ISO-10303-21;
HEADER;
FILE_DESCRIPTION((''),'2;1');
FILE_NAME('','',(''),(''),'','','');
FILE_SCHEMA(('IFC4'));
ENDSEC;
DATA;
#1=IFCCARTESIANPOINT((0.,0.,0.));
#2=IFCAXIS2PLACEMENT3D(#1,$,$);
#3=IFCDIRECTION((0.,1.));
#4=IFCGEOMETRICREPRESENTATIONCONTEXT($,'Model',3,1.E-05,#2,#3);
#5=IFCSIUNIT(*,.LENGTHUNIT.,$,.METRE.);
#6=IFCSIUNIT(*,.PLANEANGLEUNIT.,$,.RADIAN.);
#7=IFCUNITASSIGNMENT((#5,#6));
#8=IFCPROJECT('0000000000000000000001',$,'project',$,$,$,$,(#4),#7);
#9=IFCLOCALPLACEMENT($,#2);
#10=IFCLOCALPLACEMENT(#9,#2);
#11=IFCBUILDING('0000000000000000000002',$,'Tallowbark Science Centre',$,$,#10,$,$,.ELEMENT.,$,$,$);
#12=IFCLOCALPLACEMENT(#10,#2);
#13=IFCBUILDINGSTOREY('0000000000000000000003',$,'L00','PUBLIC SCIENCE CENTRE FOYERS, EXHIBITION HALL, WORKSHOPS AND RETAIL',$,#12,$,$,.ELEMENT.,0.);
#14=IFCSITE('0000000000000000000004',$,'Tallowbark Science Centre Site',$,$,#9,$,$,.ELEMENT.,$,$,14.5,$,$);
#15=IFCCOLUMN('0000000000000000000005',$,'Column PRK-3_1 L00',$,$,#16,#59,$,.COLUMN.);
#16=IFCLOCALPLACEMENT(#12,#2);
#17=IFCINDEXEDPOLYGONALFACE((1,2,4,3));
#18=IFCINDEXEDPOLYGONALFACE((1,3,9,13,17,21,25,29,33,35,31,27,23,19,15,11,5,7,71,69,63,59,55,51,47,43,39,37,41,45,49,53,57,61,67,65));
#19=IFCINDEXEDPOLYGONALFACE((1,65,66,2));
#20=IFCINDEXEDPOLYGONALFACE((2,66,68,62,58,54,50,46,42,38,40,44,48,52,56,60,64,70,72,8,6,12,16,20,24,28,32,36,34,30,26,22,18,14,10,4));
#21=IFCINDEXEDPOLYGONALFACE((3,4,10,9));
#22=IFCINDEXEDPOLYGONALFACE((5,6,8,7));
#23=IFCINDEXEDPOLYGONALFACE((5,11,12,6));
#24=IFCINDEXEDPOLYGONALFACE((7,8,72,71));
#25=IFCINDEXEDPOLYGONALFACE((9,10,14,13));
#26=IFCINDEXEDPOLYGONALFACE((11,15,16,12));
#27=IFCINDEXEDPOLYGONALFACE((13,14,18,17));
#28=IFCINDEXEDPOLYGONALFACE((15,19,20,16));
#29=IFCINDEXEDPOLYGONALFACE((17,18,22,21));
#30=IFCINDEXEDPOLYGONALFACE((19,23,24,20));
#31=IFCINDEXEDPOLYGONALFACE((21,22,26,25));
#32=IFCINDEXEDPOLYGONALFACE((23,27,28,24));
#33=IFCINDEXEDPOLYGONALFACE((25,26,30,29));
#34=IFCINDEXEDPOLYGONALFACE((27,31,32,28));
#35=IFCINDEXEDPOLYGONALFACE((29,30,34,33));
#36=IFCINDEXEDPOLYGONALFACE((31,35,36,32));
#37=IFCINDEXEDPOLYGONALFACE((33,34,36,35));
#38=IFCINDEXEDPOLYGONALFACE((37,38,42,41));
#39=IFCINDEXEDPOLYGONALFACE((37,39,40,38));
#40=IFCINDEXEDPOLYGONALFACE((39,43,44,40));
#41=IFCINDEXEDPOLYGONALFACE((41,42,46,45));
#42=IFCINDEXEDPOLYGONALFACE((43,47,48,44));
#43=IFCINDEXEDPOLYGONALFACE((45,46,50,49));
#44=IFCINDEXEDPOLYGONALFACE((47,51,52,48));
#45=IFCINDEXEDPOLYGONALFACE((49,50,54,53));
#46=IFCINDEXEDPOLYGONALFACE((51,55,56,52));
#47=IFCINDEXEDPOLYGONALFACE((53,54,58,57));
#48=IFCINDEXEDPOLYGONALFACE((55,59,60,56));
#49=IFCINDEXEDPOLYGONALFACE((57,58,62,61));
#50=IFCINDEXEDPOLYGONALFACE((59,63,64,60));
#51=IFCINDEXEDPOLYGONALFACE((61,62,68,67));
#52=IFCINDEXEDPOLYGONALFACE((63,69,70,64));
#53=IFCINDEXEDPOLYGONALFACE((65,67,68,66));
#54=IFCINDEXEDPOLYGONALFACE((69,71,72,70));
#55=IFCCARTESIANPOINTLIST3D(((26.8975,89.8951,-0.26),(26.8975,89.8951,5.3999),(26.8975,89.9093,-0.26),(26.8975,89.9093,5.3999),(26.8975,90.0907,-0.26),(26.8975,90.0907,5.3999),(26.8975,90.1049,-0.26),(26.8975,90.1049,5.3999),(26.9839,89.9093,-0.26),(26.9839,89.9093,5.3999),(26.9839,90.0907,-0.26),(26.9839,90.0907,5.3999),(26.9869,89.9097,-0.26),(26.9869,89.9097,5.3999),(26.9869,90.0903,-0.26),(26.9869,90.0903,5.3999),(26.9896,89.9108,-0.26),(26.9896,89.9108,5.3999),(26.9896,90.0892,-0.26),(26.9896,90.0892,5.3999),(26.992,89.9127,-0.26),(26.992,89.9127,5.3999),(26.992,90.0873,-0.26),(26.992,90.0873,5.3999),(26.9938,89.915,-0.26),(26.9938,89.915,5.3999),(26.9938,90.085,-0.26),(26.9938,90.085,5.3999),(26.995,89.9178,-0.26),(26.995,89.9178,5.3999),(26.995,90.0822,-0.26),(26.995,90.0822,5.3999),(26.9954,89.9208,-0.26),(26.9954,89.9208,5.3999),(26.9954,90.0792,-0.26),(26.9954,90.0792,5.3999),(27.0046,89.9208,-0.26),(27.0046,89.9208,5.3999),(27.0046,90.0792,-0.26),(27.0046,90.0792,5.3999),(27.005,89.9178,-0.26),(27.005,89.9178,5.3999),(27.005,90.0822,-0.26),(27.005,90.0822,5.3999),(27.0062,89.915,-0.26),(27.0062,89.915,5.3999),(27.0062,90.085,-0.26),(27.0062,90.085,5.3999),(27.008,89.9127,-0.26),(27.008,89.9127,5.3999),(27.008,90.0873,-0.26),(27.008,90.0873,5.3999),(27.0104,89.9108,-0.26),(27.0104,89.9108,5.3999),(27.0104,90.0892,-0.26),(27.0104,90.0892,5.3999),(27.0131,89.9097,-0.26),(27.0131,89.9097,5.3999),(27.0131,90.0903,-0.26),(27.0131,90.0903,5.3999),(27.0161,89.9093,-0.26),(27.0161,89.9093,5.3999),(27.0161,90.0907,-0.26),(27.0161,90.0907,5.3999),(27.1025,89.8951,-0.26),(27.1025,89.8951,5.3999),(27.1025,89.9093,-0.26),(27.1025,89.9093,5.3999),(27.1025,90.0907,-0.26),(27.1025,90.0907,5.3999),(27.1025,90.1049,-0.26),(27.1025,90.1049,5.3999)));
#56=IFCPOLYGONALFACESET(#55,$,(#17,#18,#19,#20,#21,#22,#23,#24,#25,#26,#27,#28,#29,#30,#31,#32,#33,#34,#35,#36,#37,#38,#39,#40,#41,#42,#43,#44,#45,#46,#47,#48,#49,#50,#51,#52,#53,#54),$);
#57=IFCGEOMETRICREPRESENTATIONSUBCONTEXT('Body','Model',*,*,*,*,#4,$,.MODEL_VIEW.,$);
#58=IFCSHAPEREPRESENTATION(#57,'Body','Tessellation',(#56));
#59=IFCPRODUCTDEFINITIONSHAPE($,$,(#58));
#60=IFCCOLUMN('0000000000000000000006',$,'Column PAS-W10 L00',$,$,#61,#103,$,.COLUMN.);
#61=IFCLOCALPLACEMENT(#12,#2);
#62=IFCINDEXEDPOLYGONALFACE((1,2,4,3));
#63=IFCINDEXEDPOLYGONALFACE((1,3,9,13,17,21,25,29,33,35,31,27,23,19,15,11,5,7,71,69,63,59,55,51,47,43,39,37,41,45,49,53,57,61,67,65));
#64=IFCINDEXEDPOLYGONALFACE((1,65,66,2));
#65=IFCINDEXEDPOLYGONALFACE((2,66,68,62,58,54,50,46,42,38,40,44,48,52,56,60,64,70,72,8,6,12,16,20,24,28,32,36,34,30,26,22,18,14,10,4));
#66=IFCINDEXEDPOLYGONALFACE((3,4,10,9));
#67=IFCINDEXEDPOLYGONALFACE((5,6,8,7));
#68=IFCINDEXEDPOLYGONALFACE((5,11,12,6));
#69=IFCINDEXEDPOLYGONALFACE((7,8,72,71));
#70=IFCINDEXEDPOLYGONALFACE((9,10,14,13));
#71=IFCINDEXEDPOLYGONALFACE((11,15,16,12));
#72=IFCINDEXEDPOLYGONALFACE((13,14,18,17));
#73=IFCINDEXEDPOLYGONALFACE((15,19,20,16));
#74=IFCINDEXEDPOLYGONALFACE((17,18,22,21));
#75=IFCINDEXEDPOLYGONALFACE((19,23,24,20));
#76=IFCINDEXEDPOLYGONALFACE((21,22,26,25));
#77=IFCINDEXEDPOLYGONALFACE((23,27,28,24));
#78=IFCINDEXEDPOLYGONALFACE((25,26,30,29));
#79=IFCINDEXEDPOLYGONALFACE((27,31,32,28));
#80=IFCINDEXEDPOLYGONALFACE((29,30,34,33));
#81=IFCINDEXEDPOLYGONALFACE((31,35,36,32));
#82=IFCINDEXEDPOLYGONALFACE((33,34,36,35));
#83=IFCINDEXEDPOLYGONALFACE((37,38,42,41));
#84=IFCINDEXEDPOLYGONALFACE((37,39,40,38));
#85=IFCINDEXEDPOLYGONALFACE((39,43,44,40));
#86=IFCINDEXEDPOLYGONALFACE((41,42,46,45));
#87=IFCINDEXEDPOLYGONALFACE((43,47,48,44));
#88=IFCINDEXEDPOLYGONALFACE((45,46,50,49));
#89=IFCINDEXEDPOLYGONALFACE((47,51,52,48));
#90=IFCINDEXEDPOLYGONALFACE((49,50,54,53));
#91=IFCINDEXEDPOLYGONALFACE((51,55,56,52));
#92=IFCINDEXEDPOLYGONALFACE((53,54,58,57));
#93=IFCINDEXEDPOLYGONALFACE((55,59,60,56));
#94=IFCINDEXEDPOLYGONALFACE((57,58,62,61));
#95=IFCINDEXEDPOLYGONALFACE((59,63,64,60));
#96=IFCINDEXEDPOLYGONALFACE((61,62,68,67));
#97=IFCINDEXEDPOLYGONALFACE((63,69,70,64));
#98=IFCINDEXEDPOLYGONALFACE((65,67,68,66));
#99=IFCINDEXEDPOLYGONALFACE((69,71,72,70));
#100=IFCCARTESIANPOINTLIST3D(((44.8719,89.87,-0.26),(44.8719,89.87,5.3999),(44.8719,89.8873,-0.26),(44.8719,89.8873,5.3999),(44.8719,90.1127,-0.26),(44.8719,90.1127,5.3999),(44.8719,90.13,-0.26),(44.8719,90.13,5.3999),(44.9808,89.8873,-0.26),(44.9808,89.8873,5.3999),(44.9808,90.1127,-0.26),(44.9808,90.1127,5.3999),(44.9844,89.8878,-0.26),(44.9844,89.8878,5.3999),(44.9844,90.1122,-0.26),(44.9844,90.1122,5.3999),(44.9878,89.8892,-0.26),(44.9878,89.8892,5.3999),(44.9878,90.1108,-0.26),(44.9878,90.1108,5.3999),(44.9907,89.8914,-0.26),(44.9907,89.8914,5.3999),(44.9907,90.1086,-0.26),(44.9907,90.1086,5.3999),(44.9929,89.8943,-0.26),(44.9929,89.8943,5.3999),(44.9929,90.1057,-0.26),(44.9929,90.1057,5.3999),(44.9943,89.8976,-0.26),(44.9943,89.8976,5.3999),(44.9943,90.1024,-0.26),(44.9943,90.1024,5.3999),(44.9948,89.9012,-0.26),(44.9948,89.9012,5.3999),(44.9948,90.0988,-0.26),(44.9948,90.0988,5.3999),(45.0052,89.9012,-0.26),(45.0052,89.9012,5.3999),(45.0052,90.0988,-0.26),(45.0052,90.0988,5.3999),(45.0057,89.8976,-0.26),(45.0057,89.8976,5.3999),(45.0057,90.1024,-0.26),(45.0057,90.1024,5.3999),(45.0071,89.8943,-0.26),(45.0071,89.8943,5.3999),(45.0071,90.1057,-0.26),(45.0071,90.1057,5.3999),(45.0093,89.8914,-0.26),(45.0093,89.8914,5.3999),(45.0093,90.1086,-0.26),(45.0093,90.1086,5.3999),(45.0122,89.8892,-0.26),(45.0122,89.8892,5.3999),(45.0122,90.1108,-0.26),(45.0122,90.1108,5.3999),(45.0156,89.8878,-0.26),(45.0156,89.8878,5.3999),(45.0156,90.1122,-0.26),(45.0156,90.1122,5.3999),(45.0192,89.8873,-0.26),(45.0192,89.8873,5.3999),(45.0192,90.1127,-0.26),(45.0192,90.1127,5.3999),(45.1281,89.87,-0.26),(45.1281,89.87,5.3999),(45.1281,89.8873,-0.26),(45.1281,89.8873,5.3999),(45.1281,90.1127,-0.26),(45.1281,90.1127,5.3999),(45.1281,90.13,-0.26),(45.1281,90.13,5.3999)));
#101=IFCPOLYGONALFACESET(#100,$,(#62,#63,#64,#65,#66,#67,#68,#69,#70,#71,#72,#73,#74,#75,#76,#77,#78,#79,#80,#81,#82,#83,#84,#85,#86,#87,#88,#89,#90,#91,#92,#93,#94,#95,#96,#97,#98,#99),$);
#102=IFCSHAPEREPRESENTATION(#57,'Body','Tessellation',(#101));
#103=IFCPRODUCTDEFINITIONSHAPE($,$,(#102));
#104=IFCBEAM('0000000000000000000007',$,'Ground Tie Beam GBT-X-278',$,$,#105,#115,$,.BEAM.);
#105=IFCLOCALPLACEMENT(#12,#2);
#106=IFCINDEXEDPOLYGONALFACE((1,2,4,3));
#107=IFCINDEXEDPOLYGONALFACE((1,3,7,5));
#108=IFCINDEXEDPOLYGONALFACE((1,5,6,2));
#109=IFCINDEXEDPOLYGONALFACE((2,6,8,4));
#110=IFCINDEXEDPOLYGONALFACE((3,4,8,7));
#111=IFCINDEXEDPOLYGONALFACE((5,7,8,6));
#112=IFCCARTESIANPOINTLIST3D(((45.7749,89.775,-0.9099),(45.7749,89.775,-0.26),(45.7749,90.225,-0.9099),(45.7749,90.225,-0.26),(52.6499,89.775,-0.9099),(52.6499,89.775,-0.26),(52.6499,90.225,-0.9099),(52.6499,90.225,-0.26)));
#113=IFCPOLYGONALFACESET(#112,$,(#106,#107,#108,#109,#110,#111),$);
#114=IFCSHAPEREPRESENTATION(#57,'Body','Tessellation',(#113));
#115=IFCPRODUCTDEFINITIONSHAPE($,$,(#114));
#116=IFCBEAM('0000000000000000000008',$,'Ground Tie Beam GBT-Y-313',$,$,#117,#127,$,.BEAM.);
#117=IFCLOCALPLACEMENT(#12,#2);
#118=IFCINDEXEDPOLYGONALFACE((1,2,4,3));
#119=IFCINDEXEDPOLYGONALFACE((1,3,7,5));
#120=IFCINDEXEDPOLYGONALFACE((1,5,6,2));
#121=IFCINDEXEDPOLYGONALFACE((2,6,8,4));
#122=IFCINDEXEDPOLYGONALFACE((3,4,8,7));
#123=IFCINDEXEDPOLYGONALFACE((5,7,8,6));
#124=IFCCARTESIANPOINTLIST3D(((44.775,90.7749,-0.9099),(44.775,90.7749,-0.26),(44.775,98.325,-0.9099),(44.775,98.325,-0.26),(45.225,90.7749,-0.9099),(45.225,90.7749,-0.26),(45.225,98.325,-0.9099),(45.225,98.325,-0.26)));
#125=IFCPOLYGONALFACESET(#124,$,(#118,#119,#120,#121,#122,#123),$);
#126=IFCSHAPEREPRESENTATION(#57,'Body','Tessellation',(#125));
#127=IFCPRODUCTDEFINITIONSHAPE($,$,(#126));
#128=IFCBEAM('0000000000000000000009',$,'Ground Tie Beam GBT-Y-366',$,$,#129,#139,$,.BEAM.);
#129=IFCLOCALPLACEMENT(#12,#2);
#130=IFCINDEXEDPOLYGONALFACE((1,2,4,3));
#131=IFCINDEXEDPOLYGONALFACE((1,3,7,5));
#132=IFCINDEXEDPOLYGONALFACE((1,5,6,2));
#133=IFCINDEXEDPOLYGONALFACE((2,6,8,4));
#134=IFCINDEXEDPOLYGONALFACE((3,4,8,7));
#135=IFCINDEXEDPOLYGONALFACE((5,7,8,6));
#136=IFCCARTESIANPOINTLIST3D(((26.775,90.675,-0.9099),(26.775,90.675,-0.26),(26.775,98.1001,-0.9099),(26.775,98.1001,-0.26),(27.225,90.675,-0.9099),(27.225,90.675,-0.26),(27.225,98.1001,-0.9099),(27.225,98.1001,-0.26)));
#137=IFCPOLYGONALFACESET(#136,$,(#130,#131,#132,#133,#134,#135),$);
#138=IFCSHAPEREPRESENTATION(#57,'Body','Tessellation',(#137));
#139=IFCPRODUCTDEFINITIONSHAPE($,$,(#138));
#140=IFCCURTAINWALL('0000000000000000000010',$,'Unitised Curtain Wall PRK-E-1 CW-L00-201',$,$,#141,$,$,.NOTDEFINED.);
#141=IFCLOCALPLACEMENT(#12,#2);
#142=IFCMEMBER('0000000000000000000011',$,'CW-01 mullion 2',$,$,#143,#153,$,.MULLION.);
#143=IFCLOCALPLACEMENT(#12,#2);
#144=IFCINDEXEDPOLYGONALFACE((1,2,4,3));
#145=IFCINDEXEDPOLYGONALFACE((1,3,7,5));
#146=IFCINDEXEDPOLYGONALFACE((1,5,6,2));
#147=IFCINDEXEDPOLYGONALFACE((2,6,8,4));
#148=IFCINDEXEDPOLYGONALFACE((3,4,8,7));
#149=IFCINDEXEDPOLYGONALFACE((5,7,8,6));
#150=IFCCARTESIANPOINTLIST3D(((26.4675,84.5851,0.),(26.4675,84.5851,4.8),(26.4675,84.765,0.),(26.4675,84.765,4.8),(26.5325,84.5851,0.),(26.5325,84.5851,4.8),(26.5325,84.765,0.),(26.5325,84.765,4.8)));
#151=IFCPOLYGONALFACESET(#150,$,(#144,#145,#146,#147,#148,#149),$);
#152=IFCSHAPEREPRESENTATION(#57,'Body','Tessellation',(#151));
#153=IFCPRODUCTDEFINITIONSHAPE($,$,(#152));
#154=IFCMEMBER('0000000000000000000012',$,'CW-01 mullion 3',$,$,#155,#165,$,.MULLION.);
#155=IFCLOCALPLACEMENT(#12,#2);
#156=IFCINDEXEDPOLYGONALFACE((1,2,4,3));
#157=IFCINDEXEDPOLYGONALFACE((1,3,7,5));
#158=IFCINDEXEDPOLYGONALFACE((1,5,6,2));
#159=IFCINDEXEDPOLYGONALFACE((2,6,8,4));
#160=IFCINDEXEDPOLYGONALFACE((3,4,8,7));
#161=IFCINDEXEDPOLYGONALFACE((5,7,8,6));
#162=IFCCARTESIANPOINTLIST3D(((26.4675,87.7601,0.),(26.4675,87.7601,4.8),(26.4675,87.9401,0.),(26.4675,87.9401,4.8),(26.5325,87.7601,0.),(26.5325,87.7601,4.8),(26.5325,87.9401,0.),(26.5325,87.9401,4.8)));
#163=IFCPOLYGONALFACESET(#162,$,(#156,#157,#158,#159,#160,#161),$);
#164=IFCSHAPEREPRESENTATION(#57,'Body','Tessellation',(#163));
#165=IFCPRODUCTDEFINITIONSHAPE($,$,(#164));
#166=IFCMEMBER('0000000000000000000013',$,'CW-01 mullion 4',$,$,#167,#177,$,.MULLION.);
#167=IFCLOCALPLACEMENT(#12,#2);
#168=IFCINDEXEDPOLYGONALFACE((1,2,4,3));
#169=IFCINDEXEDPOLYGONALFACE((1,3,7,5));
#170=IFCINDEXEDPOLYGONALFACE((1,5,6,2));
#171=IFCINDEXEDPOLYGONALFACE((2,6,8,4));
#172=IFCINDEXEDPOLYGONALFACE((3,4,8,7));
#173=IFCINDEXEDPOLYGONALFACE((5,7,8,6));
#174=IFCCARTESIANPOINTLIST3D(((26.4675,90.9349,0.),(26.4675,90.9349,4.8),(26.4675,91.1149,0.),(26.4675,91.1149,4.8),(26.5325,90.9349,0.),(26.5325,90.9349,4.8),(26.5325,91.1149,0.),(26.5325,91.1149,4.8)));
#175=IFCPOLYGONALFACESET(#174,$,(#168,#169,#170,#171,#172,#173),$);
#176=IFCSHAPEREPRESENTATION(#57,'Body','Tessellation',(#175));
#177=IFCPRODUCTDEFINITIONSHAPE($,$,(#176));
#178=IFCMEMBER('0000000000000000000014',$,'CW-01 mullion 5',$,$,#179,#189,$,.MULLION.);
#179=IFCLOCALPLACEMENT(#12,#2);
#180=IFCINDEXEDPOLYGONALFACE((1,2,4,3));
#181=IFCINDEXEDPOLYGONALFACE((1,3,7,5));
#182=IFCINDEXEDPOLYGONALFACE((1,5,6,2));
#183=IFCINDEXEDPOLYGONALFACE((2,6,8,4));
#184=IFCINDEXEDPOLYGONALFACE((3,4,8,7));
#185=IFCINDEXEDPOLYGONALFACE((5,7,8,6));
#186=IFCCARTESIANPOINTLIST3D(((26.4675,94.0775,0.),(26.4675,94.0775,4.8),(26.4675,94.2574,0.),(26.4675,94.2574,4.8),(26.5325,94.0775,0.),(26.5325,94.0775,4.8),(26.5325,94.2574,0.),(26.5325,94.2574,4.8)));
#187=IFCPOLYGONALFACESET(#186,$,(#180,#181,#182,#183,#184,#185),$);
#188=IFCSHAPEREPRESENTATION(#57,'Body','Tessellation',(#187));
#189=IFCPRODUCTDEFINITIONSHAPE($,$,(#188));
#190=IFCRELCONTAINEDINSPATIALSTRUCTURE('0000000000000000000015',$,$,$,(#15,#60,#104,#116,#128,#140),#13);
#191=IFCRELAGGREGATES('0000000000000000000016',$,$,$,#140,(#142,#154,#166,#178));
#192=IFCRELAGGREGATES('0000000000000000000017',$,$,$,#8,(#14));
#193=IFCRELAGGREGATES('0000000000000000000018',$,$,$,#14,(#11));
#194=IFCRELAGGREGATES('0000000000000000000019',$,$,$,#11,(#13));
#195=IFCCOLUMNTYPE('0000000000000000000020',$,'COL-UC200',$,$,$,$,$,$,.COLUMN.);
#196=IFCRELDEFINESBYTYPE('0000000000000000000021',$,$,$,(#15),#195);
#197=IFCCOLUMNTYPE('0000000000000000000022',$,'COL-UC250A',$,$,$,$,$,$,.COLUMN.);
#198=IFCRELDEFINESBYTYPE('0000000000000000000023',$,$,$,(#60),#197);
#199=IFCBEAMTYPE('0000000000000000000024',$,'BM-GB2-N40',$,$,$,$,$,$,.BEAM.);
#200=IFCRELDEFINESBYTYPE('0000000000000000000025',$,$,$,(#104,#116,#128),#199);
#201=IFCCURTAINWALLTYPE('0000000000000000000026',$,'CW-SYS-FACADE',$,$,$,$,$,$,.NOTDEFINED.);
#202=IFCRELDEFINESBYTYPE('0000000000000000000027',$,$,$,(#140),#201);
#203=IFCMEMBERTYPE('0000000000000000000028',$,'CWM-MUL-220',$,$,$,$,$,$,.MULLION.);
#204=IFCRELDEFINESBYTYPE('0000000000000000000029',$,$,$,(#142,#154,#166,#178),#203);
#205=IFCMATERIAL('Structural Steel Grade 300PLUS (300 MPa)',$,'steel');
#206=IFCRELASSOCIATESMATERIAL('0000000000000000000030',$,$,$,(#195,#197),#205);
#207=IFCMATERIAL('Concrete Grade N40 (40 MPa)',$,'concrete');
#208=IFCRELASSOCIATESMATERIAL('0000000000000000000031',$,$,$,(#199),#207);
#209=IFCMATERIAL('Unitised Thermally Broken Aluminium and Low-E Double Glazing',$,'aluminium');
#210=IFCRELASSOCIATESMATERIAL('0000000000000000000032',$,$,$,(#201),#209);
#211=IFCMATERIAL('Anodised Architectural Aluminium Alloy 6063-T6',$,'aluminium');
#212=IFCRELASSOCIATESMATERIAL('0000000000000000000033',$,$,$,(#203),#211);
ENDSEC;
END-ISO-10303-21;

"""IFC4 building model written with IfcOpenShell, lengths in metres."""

from ifc_helpers import new_model, si_unit, direction, frame, origin, origin_2d, place, context, subcontext, project, spatial, rectangle, i_section, extrude, material, material_profile, profile_set, type_object, element, aggregate, save


model = new_model("IFC4")

# Units and contexts
model_context = context("Model", 3, precision=1e-05, world=origin(), true_north=direction((0.0, 1.0)))
body_context = subcontext(model_context, "Body", "Model", "MODEL_VIEW")
ifc_project = project(units=[si_unit("LENGTHUNIT", "METRE"), si_unit("PLANEANGLEUNIT", "RADIAN")], contexts=[model_context])

# Site, building, storey
site_placement = place(None, origin())
site = spatial("IfcSite", under=ifc_project, at=site_placement, Name="Tallowbark Science Centre Site", CompositionType="ELEMENT", RefElevation=14.5)
building_placement = place(site_placement, origin())
building = spatial("IfcBuilding", under=site, at=building_placement, Name="Tallowbark Science Centre", CompositionType="ELEMENT")
storey_placement = place(building_placement, origin())
storey = spatial("IfcBuildingStorey", under=building, at=storey_placement, Name="L00", Description="PUBLIC SCIENCE CENTRE FOYERS, EXHIBITION HALL, WORKSHOPS AND RETAIL", CompositionType="ELEMENT", Elevation=0.0)

# Shared definitions
ifc_material_1 = material(Name="Concrete Grade N40 (40 MPa)", Category="concrete")

# Columns
ifc_material_2 = material(Name="Structural Steel Grade 300PLUS (300 MPa)", Category="steel")
ifc_material_profile_1 = material_profile(ifc_material_2, i_section(OverallWidth=0.2051, OverallDepth=0.2097, WebThickness=0.0093, FlangeThickness=0.0142, FilletRadius=0.0115, at=origin_2d()), Name="200UC59.5")
ifc_profile_set_1 = profile_set([ifc_material_profile_1], Name="Structural Steel Grade 300PLUS (300 MPa)")
column_type_1 = type_object("IfcColumnType", Name="COL-UC200", PredefinedType="COLUMN", material=ifc_profile_set_1)
column_1_placement = place(storey_placement, frame((27.0, 90.0, -0.26), z_axis=(0.0, 0.0, 1.0), x_axis=(1.0, 0.0, 0.0)))
element("IfcColumn", 1, at=column_1_placement, inside=storey, type_object=column_type_1, Name="Column PRK-3_1 L00", PredefinedType="COLUMN", context=body_context, shape_type="SweptSolid", body=[
    extrude(i_section(OverallWidth=0.2051, OverallDepth=0.2097, WebThickness=0.0093, FlangeThickness=0.0142, FilletRadius=0.0115, at=origin_2d()), origin(), (0.0, 0.0, 1.0), 5.6599),
])
ifc_material_profile_2 = material_profile(ifc_material_2, i_section(OverallWidth=0.2561, OverallDepth=0.26, WebThickness=0.0105, FlangeThickness=0.0173, FilletRadius=0.0139, at=origin_2d()), Name="250UC89.5")
ifc_profile_set_2 = profile_set([ifc_material_profile_2], Name="Structural Steel Grade 300PLUS (300 MPa)")
column_type_2 = type_object("IfcColumnType", Name="COL-UC250A", PredefinedType="COLUMN", material=ifc_profile_set_2)
column_2_placement = place(storey_placement, frame((45.0, 90.0, -0.26), z_axis=(0.0, 0.0, 1.0), x_axis=(1.0, 0.0, 0.0)))
element("IfcColumn", 2, at=column_2_placement, inside=storey, type_object=column_type_2, Name="Column PAS-W10 L00", PredefinedType="COLUMN", context=body_context, shape_type="SweptSolid", body=[
    extrude(i_section(OverallWidth=0.2561, OverallDepth=0.26, WebThickness=0.0105, FlangeThickness=0.0173, FilletRadius=0.0139, at=origin_2d()), origin(), (0.0, 0.0, 1.0), 5.6599),
])

# Beams
ifc_material_profile_3 = material_profile(ifc_material_1, rectangle(XDim=0.45, YDim=0.6499, at=origin_2d()), Name="RC450x650")
ifc_profile_set_3 = profile_set([ifc_material_profile_3], Name="Concrete Grade N40 (40 MPa)")
beam_type = type_object("IfcBeamType", Name="BM-GB2-N40", PredefinedType="BEAM", material=ifc_profile_set_3)
beam_1_placement = place(storey_placement, frame((45.7749, 90.0, -0.585), z_axis=(1.0, 0.0, 0.0), x_axis=(0.0, 1.0, 0.0)))
element("IfcBeam", 3, at=beam_1_placement, inside=storey, type_object=beam_type, Name="Ground Tie Beam GBT-X-278", PredefinedType="BEAM", context=body_context, shape_type="SweptSolid", body=[
    extrude(rectangle(XDim=0.45, YDim=0.6499, at=origin_2d()), origin(), (0.0, 0.0, 1.0), 6.875),
])
beam_2_placement = place(storey_placement, frame((45.0, 90.7749, -0.585), z_axis=(0.0, 1.0, 0.0), x_axis=(-1.0, 0.0, 0.0)))
element("IfcBeam", 4, at=beam_2_placement, inside=storey, type_object=beam_type, Name="Ground Tie Beam GBT-Y-313", PredefinedType="BEAM", context=body_context, shape_type="SweptSolid", body=[
    extrude(rectangle(XDim=0.45, YDim=0.6499, at=origin_2d()), origin(), (0.0, 0.0, 1.0), 7.55),
])
beam_3_placement = place(storey_placement, frame((27.0, 90.675, -0.585), z_axis=(0.0, 1.0, 0.0), x_axis=(-1.0, 0.0, 0.0)))
element("IfcBeam", 5, at=beam_3_placement, inside=storey, type_object=beam_type, Name="Ground Tie Beam GBT-Y-366", PredefinedType="BEAM", context=body_context, shape_type="SweptSolid", body=[
    extrude(rectangle(XDim=0.45, YDim=0.6499, at=origin_2d()), origin(), (0.0, 0.0, 1.0), 7.425),
])

# Curtain wall, members
ifc_material_3 = material(Name="Unitised Thermally Broken Aluminium and Low-E Double Glazing", Category="aluminium")
curtain_wall_type = type_object("IfcCurtainWallType", Name="CW-SYS-FACADE", PredefinedType="NOTDEFINED", material=ifc_material_3)
curtain_wall_placement = place(storey_placement, origin())
curtain_wall = element("IfcCurtainWall", 6, at=curtain_wall_placement, inside=storey, type_object=curtain_wall_type, Name="Unitised Curtain Wall PRK-E-1 CW-L00-201", PredefinedType="NOTDEFINED")
ifc_material_4 = material(Name="Anodised Architectural Aluminium Alloy 6063-T6", Category="aluminium")
ifc_material_profile_4 = material_profile(ifc_material_4, rectangle(XDim=0.0649, YDim=0.1799, at=origin_2d()), Name="ALU65x180")
ifc_profile_set_4 = profile_set([ifc_material_profile_4], Name="Anodised Architectural Aluminium Alloy 6063-T6")
member_type_1 = type_object("IfcMemberType", Name="CWM-MUL-220", PredefinedType="MULLION", material=ifc_profile_set_4)
member_1_placement = place(storey_placement, frame((26.5, 84.675, 0.0), z_axis=(0.0, 0.0, 1.0), x_axis=(-1.0, 0.0, 0.0)))
member_1 = element("IfcMember", 7, at=member_1_placement, type_object=member_type_1, Name="CW-01 mullion 2", PredefinedType="MULLION", context=body_context, shape_type="SweptSolid", body=[
    extrude(rectangle(XDim=0.0649, YDim=0.1799, at=origin_2d()), origin(), (0.0, 0.0, 1.0), 4.8),
])
member_2_placement = place(storey_placement, frame((26.5, 87.8501, 0.0), z_axis=(0.0, 0.0, 1.0), x_axis=(-1.0, 0.0, 0.0)))
member_2 = element("IfcMember", 8, at=member_2_placement, type_object=member_type_1, Name="CW-01 mullion 3", PredefinedType="MULLION", context=body_context, shape_type="SweptSolid", body=[
    extrude(rectangle(XDim=0.0649, YDim=0.1799, at=origin_2d()), origin(), (0.0, 0.0, 1.0), 4.8),
])
member_3_placement = place(storey_placement, frame((26.5, 91.0249, 0.0), z_axis=(0.0, 0.0, 1.0), x_axis=(-1.0, 0.0, 0.0)))
member_3 = element("IfcMember", 9, at=member_3_placement, type_object=member_type_1, Name="CW-01 mullion 4", PredefinedType="MULLION", context=body_context, shape_type="SweptSolid", body=[
    extrude(rectangle(XDim=0.0649, YDim=0.1799, at=origin_2d()), origin(), (0.0, 0.0, 1.0), 4.8),
])
member_4_placement = place(storey_placement, frame((26.5, 94.1675, 0.0), z_axis=(0.0, 0.0, 1.0), x_axis=(-1.0, 0.0, 0.0)))
member_4 = element("IfcMember", 10, at=member_4_placement, type_object=member_type_1, Name="CW-01 mullion 5", PredefinedType="MULLION", context=body_context, shape_type="SweptSolid", body=[
    extrude(rectangle(XDim=0.0649, YDim=0.1799, at=origin_2d()), origin(), (0.0, 0.0, 1.0), 4.8),
])
aggregate(curtain_wall, [member_1, member_2, member_3, member_4])

save(model, "model.ifc")
